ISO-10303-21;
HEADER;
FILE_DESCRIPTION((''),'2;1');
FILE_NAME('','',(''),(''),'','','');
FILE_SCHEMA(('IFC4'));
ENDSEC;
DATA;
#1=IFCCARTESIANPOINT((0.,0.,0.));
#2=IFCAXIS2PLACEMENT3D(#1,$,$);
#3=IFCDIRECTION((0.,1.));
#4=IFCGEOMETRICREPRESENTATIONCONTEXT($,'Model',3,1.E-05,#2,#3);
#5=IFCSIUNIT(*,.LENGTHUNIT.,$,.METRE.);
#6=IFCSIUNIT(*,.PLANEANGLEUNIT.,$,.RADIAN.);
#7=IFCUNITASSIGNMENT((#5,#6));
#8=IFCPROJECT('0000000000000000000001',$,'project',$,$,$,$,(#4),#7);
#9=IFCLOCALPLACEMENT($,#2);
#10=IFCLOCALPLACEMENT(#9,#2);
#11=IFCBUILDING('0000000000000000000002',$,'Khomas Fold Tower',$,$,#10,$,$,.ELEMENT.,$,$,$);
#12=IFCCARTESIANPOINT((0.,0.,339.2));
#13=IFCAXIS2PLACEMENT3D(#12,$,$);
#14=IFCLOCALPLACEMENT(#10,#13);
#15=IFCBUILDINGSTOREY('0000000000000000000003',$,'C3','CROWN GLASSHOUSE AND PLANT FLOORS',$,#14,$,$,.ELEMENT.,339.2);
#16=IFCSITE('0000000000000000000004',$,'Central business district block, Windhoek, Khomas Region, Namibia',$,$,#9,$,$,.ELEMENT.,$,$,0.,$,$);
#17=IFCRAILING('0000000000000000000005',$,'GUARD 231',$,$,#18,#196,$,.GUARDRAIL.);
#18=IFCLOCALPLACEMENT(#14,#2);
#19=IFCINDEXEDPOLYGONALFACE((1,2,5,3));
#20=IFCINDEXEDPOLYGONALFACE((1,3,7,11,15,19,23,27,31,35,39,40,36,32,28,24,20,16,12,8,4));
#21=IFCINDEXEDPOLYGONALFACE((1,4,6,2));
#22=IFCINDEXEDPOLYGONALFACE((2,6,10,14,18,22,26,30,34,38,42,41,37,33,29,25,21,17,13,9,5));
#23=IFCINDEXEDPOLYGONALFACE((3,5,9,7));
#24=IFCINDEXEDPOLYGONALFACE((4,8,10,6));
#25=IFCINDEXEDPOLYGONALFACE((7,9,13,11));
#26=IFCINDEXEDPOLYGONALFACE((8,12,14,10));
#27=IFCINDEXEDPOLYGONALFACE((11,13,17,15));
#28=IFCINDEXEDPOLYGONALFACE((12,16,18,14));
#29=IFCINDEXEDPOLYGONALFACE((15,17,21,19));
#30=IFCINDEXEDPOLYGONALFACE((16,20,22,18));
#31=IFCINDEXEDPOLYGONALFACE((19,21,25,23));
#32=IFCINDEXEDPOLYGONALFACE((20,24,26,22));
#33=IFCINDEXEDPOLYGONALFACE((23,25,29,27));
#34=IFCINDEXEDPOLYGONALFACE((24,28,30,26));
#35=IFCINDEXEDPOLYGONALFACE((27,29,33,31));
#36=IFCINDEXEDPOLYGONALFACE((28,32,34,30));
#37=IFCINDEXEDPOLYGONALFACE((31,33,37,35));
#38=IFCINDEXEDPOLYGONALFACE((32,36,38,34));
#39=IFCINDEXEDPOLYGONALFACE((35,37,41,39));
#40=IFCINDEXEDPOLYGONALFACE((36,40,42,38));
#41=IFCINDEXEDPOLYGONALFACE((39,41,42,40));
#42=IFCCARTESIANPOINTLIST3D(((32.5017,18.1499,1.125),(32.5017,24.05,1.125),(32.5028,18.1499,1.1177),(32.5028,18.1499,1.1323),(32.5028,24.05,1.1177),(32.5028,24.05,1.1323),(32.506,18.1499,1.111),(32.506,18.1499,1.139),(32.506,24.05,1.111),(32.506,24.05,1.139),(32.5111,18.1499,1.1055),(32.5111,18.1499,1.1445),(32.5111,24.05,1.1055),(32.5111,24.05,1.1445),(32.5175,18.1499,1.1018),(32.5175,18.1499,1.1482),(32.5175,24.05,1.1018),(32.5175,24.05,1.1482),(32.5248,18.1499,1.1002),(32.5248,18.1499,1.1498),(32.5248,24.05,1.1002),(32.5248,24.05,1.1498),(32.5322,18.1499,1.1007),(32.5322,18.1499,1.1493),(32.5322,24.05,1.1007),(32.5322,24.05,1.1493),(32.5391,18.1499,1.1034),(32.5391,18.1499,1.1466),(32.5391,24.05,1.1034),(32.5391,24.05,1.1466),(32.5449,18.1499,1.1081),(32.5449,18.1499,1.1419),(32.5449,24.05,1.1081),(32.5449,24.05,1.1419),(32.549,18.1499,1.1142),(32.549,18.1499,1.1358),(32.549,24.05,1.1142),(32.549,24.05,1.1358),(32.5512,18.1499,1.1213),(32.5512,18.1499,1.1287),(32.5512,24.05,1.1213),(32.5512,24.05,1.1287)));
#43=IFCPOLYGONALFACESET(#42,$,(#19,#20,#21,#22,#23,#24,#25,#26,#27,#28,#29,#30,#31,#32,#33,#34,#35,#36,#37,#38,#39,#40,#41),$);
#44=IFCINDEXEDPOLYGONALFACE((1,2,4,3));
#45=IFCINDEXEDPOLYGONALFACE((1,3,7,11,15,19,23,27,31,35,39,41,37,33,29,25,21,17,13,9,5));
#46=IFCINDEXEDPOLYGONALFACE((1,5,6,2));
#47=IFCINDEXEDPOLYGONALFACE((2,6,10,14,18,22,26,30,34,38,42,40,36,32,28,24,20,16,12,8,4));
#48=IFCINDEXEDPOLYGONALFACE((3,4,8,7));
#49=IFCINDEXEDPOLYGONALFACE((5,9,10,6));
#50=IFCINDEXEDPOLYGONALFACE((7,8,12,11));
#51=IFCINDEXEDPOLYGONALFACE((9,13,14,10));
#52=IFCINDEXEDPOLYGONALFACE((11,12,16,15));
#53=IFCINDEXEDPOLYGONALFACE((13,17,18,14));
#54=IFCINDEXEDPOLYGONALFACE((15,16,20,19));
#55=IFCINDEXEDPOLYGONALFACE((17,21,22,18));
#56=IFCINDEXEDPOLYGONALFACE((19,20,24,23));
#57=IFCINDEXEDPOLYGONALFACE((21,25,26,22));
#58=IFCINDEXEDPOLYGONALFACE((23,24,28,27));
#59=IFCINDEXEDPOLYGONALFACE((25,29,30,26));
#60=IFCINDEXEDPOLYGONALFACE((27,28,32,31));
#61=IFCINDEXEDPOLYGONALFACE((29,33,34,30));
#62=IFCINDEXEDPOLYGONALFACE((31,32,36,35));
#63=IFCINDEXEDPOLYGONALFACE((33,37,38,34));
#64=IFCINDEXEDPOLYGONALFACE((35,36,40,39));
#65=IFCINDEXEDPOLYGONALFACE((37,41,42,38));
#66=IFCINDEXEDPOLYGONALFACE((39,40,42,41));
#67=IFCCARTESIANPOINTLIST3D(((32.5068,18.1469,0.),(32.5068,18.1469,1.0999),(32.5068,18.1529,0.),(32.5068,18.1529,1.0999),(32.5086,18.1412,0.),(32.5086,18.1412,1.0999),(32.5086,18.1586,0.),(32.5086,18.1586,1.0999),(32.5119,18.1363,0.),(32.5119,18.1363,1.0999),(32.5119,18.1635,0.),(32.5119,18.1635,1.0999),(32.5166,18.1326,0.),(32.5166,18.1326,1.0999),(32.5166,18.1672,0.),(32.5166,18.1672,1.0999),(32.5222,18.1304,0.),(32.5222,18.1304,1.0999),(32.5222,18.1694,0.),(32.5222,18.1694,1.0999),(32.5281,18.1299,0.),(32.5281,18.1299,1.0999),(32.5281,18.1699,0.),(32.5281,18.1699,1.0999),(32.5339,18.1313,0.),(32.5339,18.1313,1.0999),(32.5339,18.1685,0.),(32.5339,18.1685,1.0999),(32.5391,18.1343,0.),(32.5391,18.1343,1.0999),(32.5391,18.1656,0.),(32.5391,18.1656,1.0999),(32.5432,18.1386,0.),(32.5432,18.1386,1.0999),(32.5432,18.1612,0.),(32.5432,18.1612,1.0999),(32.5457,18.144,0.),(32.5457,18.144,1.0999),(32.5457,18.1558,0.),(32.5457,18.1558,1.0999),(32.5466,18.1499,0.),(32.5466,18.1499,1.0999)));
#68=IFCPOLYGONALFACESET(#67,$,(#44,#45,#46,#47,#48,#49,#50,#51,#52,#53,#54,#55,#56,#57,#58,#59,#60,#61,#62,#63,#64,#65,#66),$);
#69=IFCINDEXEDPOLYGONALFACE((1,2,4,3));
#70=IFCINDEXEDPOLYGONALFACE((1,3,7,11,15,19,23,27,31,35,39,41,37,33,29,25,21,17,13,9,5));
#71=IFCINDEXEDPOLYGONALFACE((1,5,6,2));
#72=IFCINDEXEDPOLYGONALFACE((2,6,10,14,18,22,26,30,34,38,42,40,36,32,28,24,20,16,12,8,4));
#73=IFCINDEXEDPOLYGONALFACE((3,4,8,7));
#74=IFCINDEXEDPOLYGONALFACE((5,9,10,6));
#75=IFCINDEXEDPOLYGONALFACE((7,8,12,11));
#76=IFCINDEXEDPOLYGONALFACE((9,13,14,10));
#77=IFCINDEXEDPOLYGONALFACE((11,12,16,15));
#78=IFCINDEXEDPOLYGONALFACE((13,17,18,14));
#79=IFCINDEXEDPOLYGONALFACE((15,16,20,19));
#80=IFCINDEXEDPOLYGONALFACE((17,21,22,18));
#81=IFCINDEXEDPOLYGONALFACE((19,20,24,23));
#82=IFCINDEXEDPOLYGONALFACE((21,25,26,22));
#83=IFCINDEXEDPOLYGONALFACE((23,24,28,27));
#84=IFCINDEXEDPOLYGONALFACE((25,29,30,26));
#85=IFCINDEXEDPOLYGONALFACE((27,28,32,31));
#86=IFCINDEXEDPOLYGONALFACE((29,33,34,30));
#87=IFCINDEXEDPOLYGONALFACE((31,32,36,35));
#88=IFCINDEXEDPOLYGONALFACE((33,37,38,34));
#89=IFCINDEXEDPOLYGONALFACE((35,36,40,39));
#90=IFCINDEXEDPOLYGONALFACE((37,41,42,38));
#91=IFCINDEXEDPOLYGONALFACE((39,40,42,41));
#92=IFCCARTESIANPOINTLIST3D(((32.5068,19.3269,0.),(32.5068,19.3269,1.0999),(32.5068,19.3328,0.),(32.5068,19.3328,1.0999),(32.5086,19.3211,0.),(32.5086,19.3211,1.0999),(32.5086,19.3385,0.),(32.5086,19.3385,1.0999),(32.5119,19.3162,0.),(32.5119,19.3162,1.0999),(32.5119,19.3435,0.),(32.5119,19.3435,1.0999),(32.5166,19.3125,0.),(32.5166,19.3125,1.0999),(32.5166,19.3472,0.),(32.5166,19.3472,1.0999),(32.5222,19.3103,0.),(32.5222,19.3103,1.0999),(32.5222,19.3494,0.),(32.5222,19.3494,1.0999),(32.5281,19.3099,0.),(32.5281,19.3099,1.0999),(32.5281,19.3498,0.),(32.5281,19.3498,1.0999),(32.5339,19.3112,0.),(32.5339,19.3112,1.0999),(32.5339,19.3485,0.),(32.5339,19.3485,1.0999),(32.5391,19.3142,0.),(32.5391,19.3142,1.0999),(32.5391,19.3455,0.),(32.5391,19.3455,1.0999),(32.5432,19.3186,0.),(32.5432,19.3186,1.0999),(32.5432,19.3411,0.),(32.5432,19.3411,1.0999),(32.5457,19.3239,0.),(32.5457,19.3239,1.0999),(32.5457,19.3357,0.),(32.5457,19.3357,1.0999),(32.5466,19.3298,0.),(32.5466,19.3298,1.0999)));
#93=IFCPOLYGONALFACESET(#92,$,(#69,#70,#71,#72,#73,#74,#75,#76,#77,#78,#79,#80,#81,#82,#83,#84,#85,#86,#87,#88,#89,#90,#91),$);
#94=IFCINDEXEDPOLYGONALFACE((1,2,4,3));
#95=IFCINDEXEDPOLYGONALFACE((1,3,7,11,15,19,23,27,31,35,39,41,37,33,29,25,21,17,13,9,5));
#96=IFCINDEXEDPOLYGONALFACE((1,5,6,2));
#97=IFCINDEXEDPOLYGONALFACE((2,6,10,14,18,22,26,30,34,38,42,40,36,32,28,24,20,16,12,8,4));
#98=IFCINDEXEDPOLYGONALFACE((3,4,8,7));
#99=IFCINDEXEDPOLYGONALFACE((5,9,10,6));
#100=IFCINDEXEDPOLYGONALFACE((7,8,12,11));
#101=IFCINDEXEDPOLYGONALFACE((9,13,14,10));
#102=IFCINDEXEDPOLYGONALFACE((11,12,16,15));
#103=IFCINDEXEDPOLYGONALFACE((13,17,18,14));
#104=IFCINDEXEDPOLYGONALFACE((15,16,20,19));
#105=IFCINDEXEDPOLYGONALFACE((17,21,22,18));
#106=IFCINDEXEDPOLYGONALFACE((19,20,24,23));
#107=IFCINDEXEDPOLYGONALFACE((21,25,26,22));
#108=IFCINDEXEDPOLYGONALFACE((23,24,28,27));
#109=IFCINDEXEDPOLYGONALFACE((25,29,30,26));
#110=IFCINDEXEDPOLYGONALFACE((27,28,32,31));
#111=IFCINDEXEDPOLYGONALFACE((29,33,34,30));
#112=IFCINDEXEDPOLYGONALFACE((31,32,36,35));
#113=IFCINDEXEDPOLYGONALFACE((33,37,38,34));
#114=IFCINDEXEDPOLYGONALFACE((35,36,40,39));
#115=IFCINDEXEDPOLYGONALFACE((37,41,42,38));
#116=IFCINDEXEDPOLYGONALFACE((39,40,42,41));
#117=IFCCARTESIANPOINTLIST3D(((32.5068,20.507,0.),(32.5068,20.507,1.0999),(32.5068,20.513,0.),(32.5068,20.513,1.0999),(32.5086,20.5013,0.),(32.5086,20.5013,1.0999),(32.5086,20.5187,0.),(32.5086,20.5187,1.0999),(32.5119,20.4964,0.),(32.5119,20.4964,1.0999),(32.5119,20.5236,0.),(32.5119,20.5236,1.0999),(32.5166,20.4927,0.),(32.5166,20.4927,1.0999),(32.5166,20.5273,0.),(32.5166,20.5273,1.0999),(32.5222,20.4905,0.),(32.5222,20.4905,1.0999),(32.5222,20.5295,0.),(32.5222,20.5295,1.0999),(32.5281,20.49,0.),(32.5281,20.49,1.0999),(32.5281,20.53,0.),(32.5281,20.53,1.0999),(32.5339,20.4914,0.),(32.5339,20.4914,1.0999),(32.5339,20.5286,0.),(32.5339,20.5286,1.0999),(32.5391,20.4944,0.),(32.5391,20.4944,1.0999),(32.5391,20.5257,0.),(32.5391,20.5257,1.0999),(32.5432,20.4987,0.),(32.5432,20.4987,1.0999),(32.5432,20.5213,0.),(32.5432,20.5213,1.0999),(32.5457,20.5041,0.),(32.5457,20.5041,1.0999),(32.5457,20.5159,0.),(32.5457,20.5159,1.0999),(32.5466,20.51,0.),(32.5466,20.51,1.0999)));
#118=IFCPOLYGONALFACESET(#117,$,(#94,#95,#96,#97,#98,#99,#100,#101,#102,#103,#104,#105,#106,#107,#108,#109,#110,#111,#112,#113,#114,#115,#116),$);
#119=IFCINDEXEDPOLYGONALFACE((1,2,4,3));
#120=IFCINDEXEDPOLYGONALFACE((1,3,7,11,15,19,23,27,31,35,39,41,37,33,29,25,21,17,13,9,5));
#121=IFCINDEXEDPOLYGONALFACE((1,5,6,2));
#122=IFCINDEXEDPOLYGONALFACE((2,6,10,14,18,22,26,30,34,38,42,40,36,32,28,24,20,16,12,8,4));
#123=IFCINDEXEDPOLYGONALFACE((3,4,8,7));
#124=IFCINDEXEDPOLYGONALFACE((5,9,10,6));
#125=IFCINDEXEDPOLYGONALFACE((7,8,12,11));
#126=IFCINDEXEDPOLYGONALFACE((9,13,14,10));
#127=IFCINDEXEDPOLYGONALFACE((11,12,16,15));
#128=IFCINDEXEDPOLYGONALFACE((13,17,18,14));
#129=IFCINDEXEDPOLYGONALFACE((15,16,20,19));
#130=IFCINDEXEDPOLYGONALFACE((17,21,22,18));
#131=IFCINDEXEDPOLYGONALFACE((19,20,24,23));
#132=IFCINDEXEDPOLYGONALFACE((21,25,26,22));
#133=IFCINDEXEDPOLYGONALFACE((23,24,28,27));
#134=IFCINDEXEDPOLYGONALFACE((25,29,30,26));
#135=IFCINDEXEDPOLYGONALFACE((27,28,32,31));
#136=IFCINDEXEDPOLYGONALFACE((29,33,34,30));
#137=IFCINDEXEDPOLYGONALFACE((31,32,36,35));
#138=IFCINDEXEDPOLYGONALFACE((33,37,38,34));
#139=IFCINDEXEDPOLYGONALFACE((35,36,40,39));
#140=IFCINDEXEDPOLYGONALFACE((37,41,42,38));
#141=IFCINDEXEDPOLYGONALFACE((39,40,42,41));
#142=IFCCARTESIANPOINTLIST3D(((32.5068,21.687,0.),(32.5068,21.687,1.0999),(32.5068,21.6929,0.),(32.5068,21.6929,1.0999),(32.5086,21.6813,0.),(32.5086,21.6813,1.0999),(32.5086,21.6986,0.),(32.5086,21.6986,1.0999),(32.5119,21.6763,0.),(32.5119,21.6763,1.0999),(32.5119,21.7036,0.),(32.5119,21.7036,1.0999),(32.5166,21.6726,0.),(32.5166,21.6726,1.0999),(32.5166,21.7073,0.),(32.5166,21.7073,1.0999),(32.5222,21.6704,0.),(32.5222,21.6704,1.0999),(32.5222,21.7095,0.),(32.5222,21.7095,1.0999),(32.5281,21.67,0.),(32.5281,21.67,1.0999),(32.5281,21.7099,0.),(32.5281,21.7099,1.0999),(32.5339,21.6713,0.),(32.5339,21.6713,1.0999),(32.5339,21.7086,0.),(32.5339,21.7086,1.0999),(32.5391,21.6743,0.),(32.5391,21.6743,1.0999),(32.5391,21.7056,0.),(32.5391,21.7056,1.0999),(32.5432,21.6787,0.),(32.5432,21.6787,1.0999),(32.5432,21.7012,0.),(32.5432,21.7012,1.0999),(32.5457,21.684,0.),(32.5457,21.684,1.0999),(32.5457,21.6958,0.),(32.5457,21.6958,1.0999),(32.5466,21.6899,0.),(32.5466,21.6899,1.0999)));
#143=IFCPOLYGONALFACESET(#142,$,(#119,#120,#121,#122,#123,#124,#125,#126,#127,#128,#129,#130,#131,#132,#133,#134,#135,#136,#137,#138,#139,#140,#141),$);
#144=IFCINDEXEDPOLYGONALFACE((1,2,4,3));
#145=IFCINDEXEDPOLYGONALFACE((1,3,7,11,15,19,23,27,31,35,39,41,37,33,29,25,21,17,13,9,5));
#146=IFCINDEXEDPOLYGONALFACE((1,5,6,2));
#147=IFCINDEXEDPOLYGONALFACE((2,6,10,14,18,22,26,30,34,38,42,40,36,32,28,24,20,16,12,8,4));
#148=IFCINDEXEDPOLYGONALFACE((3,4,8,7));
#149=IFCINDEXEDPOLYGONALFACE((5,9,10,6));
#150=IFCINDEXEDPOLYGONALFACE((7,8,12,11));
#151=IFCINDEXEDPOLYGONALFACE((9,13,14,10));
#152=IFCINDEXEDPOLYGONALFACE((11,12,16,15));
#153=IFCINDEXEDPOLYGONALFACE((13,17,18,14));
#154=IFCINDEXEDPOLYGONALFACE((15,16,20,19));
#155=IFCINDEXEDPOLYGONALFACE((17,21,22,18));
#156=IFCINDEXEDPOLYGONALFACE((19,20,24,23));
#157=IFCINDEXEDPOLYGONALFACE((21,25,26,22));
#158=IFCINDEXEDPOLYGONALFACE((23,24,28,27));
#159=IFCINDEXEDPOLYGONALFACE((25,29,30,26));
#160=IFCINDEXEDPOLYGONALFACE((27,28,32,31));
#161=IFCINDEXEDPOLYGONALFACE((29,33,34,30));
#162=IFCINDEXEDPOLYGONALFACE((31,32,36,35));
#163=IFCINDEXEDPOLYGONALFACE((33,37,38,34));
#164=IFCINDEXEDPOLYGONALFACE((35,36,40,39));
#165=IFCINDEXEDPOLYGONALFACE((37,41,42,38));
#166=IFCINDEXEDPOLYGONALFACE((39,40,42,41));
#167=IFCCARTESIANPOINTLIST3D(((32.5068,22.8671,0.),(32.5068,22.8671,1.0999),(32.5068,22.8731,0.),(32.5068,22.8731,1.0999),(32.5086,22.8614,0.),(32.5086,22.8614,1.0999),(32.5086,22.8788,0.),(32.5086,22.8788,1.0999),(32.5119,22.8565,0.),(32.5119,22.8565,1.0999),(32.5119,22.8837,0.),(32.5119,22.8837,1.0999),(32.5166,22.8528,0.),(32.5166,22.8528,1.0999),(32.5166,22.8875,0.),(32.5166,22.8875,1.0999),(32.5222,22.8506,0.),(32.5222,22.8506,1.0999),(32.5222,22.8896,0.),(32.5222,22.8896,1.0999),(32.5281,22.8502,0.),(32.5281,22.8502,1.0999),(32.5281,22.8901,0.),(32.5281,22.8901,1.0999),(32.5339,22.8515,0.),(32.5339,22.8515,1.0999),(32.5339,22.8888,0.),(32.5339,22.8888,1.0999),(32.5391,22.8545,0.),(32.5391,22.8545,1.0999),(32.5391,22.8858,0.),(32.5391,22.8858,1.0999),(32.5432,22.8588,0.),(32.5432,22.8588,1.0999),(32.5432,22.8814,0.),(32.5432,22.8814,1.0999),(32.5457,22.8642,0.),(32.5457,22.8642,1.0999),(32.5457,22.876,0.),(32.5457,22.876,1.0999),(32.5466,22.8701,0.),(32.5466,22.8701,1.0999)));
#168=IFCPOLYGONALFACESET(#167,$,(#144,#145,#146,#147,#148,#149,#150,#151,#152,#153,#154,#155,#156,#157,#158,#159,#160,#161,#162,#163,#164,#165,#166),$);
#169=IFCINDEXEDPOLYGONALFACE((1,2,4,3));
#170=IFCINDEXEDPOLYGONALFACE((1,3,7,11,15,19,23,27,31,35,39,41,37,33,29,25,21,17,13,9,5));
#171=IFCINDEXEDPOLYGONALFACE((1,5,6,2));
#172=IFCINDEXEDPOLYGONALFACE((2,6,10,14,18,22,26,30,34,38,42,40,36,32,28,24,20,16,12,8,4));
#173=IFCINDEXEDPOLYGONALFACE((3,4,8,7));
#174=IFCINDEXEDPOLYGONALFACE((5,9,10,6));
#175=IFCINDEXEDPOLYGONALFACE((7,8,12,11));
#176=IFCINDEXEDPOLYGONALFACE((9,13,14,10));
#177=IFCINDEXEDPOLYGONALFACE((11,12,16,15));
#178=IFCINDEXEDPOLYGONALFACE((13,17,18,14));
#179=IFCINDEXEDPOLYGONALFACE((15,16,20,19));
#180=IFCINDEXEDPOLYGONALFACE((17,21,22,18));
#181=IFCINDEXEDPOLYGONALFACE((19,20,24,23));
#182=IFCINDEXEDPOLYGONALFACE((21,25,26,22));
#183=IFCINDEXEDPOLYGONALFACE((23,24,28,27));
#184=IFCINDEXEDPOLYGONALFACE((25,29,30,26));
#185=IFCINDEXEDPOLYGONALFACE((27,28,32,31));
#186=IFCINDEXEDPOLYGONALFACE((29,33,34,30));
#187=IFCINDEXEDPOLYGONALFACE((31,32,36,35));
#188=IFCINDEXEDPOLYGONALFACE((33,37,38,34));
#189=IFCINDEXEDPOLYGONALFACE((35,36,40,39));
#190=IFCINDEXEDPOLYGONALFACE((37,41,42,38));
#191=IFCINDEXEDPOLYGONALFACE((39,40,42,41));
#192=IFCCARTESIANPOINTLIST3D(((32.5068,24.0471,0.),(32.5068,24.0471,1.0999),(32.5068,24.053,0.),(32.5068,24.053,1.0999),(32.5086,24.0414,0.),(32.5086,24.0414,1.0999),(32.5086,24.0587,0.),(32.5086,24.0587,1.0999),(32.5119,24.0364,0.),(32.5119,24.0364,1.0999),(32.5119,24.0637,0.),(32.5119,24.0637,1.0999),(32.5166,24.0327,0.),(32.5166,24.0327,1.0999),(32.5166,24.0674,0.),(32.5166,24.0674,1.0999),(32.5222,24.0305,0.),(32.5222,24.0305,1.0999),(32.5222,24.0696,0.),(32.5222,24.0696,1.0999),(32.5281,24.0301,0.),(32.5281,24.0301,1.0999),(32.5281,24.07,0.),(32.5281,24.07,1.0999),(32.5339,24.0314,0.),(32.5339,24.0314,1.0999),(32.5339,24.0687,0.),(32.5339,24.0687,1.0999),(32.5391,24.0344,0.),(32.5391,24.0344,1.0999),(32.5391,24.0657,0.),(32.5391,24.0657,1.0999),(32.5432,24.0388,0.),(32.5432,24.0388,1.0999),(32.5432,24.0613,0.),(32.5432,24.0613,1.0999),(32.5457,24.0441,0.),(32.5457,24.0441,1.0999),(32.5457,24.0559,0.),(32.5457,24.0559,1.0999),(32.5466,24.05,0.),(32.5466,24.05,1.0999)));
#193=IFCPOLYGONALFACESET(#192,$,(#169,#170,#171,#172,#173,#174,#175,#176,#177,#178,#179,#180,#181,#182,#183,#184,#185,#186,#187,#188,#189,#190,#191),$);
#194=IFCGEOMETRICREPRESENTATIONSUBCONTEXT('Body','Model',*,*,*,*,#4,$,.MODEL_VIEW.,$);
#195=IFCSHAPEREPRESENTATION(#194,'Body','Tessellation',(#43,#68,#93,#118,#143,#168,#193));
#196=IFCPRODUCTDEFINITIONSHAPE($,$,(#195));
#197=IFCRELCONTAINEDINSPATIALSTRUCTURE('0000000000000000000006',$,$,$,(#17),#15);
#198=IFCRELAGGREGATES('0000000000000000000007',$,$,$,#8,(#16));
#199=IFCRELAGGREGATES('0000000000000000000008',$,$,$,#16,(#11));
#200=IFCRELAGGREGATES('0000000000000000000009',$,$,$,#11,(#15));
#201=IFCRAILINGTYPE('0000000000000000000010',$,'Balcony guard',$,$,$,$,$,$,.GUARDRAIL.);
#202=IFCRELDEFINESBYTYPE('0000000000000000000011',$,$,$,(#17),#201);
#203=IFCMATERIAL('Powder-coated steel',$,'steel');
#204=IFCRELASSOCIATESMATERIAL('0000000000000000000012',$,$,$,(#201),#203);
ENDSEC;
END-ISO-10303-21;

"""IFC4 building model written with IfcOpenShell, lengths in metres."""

from ifc_helpers import new_model, si_unit, direction, frame, origin, origin_2d, place, context, subcontext, project, spatial, circle, extrude, source, transform, mapped, material, type_object, element, save


model = new_model("IFC4")

# Units and contexts
model_context = context("Model", 3, precision=1e-05, world=origin(), true_north=direction((0.0, 1.0)))
body_context = subcontext(model_context, "Body", "Model", "MODEL_VIEW")
ifc_project = project(units=[si_unit("LENGTHUNIT", "METRE"), si_unit("PLANEANGLEUNIT", "RADIAN")], contexts=[model_context])

# Site, building, storey
site_placement = place(None, origin())
site = spatial("IfcSite", under=ifc_project, at=site_placement, Name="Central business district block, Windhoek, Khomas Region, Namibia", CompositionType="ELEMENT", RefElevation=0.0)
building_placement = place(site_placement, origin())
building = spatial("IfcBuilding", under=site, at=building_placement, Name="Khomas Fold Tower", CompositionType="ELEMENT")
storey_placement = place(building_placement, frame((0.0, 0.0, 339.2)))
storey = spatial("IfcBuildingStorey", under=building, at=storey_placement, Name="C3", Description="CROWN GLASSHOUSE AND PLANT FLOORS", CompositionType="ELEMENT", Elevation=339.2)

# Railing
ifc_material_1 = material(Name="Powder-coated steel", Category="steel")
railing_type = type_object("IfcRailingType", Name="Balcony guard", PredefinedType="GUARDRAIL", material=ifc_material_1)
shared_shape_1 = source(origin(), body_context, "Body", "SweptSolid", [
    extrude(circle(Radius=0.0249, at=origin_2d()), frame((0.0, 0.0, 1.125), z_axis=(0.0, 1.0, 0.0), x_axis=(-1.0, 0.0, 0.0)), (0.0, 0.0, 1.0), 5.9001),
    extrude(circle(Radius=0.02, at=origin_2d()), origin(), (0.0, 0.0, 1.0), 1.0999),
    extrude(circle(Radius=0.02, at=origin_2d()), frame((0.0, 1.1799, 0.0)), (0.0, 0.0, 1.0), 1.0999),
    extrude(circle(Radius=0.02, at=origin_2d()), frame((0.0, 2.3601, 0.0)), (0.0, 0.0, 1.0), 1.0999),
    extrude(circle(Radius=0.02, at=origin_2d()), frame((0.0, 3.54, 0.0)), (0.0, 0.0, 1.0), 1.0999),
    extrude(circle(Radius=0.02, at=origin_2d()), frame((0.0, 4.7202, 0.0)), (0.0, 0.0, 1.0), 1.0999),
    extrude(circle(Radius=0.02, at=origin_2d()), frame((0.0, 5.9001, 0.0)), (0.0, 0.0, 1.0), 1.0999),
])
railing_placement = place(storey_placement, frame((32.5266, 18.1499, 0.0)))
element("IfcRailing", 1, at=railing_placement, inside=storey, type_object=railing_type, Name="GUARD 231", PredefinedType="GUARDRAIL", context=body_context, shape_type="MappedRepresentation", body=[
    mapped(shared_shape_1, transform((0.0, 0.0, 0.0))),
])

save(model, "model.ifc")
